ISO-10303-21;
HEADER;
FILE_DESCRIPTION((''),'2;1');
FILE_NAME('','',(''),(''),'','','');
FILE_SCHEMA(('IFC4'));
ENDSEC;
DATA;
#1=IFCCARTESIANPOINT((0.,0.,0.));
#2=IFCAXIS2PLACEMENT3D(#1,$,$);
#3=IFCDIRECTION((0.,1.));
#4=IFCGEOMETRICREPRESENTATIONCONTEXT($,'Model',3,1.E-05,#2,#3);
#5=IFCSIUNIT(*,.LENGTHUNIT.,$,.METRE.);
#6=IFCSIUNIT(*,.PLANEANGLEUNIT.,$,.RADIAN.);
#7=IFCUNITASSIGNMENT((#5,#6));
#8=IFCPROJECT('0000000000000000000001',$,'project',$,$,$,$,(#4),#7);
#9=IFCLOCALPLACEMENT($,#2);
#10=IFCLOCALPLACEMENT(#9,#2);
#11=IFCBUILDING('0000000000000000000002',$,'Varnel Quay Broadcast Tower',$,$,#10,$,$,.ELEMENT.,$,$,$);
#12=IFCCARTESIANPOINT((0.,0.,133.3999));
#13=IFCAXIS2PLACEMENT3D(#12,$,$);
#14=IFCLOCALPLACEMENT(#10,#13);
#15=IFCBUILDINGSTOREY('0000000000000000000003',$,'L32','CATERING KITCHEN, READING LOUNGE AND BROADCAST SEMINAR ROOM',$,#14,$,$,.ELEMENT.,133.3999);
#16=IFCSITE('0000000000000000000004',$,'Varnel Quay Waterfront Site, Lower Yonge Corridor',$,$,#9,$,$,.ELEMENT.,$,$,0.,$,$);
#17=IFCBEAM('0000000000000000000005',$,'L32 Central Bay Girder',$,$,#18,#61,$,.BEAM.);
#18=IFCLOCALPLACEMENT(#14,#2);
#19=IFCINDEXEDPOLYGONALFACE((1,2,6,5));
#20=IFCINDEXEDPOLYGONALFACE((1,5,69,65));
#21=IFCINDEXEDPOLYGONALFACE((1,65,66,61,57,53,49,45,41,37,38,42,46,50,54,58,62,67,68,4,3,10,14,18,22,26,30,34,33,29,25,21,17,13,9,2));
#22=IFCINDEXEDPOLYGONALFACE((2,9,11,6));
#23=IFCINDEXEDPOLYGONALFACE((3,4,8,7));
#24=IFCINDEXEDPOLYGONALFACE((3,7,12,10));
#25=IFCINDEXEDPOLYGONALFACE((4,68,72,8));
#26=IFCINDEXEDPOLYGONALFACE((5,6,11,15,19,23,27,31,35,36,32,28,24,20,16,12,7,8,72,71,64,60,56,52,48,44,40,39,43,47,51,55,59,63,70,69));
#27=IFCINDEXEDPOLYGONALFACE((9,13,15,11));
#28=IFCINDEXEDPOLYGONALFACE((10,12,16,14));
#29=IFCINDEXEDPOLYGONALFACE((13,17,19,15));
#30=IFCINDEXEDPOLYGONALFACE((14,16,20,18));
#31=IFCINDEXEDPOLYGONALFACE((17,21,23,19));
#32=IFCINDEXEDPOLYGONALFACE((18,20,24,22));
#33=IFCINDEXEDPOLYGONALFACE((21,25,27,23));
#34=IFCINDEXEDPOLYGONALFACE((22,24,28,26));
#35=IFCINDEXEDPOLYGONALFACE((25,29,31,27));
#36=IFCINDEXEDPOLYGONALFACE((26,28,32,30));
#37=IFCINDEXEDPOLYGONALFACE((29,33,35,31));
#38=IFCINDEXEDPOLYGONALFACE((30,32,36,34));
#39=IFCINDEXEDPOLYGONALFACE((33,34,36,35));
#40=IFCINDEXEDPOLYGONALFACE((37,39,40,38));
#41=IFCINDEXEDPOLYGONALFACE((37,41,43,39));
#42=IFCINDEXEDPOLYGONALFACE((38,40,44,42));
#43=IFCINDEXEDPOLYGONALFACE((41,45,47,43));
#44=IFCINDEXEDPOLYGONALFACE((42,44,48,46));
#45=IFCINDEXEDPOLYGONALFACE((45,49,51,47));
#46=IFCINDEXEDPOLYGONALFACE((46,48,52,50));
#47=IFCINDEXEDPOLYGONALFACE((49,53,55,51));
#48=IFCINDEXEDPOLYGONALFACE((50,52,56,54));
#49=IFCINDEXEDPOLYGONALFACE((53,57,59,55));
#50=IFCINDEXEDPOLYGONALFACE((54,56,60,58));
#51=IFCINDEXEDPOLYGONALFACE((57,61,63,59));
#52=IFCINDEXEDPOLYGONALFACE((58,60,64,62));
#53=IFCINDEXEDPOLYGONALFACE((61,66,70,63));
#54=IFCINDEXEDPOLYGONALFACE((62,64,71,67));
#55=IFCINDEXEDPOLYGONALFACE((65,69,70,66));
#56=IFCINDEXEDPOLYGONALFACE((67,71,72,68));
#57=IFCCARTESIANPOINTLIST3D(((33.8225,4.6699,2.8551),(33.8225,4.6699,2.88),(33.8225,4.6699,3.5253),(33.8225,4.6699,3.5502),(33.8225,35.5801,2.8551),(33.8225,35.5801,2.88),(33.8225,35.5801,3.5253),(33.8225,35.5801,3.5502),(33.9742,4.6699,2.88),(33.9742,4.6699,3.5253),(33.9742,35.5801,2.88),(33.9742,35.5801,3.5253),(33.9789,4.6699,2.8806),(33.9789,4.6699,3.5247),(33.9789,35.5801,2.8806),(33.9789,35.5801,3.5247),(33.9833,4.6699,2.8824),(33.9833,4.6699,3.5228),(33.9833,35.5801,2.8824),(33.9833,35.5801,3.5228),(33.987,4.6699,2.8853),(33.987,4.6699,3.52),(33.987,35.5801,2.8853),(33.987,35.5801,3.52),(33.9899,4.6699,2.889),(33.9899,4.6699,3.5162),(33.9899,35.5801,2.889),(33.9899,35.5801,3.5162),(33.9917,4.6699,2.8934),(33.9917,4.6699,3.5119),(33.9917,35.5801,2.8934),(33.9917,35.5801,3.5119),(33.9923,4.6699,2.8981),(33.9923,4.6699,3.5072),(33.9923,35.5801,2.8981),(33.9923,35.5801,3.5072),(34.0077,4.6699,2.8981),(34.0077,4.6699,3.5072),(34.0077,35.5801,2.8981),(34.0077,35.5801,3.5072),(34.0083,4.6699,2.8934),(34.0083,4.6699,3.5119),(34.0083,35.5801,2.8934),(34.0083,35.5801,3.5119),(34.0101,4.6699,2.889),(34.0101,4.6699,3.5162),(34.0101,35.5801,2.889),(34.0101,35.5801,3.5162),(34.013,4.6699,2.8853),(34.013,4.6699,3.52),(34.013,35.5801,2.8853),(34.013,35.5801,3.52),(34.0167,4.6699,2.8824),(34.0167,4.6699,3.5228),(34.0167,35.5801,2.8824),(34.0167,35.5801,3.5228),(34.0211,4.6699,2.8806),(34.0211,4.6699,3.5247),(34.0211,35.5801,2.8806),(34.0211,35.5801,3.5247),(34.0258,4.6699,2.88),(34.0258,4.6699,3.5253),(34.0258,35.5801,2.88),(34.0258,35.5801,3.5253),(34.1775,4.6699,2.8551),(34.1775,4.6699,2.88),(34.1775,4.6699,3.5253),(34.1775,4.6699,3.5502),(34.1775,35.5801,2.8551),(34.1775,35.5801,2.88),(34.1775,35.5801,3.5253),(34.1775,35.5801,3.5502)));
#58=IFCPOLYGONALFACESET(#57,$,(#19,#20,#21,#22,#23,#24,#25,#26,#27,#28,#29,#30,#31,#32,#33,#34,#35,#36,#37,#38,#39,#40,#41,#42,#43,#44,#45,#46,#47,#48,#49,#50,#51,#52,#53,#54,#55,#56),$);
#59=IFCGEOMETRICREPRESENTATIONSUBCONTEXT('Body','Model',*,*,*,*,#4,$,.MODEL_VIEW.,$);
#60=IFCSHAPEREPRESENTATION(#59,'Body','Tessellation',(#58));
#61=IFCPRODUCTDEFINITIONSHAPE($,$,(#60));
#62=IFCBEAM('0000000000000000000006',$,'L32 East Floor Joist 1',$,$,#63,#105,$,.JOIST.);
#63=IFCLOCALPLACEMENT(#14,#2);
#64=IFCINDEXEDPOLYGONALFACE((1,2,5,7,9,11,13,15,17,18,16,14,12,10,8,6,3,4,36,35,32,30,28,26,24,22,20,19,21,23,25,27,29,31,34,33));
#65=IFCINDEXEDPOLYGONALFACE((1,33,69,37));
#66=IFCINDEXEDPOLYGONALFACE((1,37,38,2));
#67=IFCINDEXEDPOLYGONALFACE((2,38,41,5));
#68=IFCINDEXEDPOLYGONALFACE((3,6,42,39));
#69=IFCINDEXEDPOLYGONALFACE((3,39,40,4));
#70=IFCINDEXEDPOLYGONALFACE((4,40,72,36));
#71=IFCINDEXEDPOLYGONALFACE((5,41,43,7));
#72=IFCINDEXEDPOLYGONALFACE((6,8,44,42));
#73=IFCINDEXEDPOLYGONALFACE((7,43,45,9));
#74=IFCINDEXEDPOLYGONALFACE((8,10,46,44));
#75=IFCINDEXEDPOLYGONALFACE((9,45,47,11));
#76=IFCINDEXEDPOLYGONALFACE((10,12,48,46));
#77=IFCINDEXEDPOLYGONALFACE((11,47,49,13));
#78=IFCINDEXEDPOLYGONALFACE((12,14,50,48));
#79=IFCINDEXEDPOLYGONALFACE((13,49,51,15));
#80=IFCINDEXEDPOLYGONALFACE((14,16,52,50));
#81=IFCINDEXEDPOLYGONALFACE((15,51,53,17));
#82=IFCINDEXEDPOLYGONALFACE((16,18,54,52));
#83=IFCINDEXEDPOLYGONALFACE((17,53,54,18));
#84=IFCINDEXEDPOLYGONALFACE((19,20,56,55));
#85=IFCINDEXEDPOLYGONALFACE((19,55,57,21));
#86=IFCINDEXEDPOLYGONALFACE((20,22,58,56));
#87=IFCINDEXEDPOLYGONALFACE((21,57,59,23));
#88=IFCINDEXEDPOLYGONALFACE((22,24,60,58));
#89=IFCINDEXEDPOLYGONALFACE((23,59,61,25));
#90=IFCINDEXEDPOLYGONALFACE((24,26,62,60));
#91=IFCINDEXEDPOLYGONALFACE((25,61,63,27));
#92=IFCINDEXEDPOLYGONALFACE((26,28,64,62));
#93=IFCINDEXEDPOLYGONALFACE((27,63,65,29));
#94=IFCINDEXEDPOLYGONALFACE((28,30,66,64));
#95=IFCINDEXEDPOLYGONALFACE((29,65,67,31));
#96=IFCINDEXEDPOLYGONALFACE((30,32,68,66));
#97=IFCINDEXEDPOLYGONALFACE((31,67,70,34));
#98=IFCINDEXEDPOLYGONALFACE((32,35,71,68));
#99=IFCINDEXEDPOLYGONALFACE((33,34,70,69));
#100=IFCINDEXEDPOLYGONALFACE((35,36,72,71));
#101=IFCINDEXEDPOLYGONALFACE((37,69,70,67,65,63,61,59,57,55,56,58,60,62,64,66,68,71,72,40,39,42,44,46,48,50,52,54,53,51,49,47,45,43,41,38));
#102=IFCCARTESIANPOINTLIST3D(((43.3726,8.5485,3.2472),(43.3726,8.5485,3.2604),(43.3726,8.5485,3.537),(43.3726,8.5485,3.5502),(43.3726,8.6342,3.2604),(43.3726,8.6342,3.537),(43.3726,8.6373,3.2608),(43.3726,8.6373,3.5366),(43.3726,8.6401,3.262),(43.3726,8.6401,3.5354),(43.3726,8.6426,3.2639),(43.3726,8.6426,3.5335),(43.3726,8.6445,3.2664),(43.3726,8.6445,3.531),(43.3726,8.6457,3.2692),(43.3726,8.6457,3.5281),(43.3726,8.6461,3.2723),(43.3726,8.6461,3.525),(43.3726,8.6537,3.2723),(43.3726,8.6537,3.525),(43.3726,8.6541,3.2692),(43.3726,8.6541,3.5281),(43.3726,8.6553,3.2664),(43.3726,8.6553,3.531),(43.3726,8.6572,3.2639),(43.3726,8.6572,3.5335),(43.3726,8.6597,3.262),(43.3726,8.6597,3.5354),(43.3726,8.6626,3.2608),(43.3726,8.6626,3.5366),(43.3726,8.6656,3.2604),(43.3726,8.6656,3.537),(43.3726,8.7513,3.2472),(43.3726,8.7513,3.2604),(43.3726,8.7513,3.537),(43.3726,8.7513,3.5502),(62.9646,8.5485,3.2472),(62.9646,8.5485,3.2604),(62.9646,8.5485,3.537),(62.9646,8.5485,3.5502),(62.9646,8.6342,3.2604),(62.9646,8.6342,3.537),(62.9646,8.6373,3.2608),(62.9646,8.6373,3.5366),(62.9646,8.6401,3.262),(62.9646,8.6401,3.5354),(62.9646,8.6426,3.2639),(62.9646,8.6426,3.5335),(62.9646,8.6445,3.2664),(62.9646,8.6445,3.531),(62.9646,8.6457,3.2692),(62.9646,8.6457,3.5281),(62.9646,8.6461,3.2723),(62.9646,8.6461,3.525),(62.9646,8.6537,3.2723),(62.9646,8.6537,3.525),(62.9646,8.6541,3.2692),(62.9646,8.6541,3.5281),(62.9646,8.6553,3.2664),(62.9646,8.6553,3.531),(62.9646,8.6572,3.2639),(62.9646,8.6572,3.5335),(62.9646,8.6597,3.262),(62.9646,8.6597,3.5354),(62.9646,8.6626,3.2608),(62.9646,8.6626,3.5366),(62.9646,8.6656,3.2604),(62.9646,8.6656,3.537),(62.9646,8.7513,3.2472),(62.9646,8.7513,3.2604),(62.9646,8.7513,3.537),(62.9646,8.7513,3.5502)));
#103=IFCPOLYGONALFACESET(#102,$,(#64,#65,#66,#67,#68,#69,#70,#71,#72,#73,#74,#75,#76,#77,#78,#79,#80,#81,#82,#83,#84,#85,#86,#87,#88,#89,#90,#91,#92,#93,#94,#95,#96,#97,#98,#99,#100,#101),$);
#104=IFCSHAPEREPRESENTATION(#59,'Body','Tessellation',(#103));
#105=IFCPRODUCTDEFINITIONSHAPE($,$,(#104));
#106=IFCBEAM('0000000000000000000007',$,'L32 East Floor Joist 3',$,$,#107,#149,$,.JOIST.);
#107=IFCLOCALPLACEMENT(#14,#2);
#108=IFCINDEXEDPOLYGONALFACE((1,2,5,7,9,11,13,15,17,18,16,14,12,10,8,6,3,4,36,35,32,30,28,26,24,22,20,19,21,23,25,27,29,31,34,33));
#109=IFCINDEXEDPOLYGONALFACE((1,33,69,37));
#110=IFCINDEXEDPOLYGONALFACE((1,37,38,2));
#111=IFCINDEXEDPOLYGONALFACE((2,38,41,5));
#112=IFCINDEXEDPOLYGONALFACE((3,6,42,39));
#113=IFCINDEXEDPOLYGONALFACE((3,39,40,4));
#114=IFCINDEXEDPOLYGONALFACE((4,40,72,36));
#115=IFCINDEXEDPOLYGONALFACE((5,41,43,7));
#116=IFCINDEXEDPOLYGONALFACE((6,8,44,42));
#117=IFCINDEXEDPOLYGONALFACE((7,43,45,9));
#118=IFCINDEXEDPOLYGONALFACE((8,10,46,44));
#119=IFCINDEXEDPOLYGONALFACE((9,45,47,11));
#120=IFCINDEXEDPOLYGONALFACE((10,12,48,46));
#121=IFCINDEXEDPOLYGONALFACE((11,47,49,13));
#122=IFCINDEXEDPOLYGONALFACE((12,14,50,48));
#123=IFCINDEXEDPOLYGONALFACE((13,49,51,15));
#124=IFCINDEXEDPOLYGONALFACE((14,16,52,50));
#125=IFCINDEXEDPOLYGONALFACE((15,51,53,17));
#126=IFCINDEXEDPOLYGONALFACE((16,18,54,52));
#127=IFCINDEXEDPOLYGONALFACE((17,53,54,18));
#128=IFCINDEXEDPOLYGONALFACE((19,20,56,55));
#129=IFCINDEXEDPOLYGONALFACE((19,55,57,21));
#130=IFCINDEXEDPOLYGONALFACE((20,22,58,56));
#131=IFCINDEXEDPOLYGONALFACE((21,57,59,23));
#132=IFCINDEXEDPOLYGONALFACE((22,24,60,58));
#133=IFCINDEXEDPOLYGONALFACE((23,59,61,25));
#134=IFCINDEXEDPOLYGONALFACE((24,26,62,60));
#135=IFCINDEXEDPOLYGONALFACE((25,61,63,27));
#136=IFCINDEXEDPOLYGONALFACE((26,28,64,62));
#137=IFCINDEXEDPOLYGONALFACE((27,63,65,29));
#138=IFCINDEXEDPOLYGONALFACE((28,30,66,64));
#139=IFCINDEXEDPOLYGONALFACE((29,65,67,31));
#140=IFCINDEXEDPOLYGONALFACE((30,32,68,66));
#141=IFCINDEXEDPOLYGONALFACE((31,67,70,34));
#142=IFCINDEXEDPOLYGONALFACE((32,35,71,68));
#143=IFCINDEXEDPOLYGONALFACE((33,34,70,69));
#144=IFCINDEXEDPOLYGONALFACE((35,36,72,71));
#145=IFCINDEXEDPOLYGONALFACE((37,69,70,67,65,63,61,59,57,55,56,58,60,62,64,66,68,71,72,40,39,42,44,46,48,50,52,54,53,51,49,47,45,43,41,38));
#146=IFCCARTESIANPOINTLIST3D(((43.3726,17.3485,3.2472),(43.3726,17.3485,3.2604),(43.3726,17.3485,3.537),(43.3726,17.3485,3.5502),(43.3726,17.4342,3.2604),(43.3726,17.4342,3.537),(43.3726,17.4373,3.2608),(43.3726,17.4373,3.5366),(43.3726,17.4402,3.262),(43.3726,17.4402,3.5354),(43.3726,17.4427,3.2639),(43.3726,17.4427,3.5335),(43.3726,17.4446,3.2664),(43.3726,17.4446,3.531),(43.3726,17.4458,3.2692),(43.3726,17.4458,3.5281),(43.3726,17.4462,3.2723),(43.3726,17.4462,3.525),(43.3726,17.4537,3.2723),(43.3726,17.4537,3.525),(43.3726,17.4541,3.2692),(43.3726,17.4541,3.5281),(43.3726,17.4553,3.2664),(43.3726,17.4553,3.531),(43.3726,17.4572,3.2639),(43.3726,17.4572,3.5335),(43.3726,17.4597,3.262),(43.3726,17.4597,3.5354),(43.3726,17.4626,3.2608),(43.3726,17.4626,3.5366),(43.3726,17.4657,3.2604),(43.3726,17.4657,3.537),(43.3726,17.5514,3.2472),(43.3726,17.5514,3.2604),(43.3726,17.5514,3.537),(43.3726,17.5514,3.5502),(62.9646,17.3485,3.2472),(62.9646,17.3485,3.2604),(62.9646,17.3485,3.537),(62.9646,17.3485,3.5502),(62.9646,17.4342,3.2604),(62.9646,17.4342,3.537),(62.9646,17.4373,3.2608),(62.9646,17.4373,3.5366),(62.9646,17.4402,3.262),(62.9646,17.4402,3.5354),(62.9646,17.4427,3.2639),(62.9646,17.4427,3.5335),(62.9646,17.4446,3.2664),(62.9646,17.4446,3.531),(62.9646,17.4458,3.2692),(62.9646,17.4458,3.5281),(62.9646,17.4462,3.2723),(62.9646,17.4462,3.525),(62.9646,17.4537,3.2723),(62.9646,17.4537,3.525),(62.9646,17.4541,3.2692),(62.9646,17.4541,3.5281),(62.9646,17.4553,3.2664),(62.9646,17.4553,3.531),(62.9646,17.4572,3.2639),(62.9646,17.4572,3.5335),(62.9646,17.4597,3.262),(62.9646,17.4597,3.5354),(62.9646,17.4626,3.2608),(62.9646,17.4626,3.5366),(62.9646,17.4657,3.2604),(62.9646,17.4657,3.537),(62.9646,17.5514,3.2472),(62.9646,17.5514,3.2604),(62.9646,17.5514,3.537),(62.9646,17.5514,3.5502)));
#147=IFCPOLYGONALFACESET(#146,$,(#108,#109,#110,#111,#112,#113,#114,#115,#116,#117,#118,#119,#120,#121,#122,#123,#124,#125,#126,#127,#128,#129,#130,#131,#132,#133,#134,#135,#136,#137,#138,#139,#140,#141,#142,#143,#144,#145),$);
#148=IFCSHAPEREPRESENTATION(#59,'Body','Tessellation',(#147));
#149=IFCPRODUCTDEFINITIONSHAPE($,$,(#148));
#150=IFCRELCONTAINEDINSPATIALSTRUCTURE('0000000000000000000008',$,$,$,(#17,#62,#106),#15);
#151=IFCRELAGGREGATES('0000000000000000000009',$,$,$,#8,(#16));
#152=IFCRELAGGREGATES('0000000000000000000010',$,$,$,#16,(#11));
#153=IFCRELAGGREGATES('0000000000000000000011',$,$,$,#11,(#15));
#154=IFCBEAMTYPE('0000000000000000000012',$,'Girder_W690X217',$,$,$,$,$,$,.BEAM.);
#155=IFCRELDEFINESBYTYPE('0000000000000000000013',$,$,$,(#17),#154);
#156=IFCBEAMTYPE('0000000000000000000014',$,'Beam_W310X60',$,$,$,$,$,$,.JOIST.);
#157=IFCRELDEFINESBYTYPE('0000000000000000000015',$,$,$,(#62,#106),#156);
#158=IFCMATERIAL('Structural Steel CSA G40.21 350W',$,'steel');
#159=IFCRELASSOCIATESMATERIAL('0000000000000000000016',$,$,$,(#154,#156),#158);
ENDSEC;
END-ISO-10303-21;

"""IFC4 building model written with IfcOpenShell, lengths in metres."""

from ifc_helpers import new_model, si_unit, direction, frame, origin, origin_2d, place, context, subcontext, project, spatial, i_section, extrude, source, transform, mapped, material, material_profile, profile_set, type_object, type_shapes, element, save


model = new_model("IFC4")

# Units and contexts
model_context = context("Model", 3, precision=1e-05, world=origin(), true_north=direction((0.0, 1.0)))
body_context = subcontext(model_context, "Body", "Model", "MODEL_VIEW")
ifc_project = project(units=[si_unit("LENGTHUNIT", "METRE"), si_unit("PLANEANGLEUNIT", "RADIAN")], contexts=[model_context])

# Site, building, storey
site_placement = place(None, origin())
site = spatial("IfcSite", under=ifc_project, at=site_placement, Name="Varnel Quay Waterfront Site, Lower Yonge Corridor", CompositionType="ELEMENT", RefElevation=0.0)
building_placement = place(site_placement, origin())
building = spatial("IfcBuilding", under=site, at=building_placement, Name="Varnel Quay Broadcast Tower", CompositionType="ELEMENT")
storey_placement = place(building_placement, frame((0.0, 0.0, 133.3999)))
storey = spatial("IfcBuildingStorey", under=building, at=storey_placement, Name="L32", Description="CATERING KITCHEN, READING LOUNGE AND BROADCAST SEMINAR ROOM", CompositionType="ELEMENT", Elevation=133.3999)

# Shared definitions
ifc_material_1 = material(Name="Structural Steel CSA G40.21 350W", Category="steel")

# Beams
ifc_material_profile_1 = material_profile(ifc_material_1, i_section(OverallWidth=0.355, OverallDepth=0.6951, WebThickness=0.0154, FlangeThickness=0.0249, FilletRadius=0.0181, at=origin_2d()), Name="W690X217")
ifc_profile_set_1 = profile_set([ifc_material_profile_1], Name="Structural Steel CSA G40.21 350W")
beam_type_1 = type_object("IfcBeamType", Name="Girder_W690X217", PredefinedType="BEAM", material=ifc_profile_set_1)
shared_shape_1 = source(origin(), body_context, "Body", "SweptSolid", [
    extrude(i_section(OverallWidth=0.355, OverallDepth=0.6951, WebThickness=0.0154, FlangeThickness=0.0249, FilletRadius=0.0181, at=origin_2d()), origin(), (0.0, 0.0, 1.0), 30.9102),
])
beam_1_placement = place(storey_placement, frame((34.0, 4.6699, 3.2026), z_axis=(0.0, 1.0, 0.0), x_axis=(-1.0, 0.0, 0.0)))
element("IfcBeam", 1, at=beam_1_placement, inside=storey, type_object=beam_type_1, Name="L32 Central Bay Girder", PredefinedType="BEAM", context=body_context, shape_type="MappedRepresentation", body=[
    mapped(shared_shape_1, transform((0.0, 0.0, 0.0), x_axis=(1.0, 0.0, 0.0), y_axis=(0.0, 1.0, 0.0), z_axis=(0.0, 0.0, 1.0), scale=1.0)),
])
ifc_material_profile_2 = material_profile(ifc_material_1, i_section(OverallWidth=0.2029, OverallDepth=0.303, WebThickness=0.0076, FlangeThickness=0.0132, FilletRadius=0.012, at=origin_2d()), Name="W310X60")
ifc_profile_set_2 = profile_set([ifc_material_profile_2], Name="Structural Steel CSA G40.21 350W")
beam_type_2 = type_object("IfcBeamType", Name="Beam_W310X60", PredefinedType="JOIST", material=ifc_profile_set_2)
shared_shape_2 = source(origin(), body_context, "Body", "SweptSolid", [
    extrude(i_section(OverallWidth=0.2029, OverallDepth=0.303, WebThickness=0.0076, FlangeThickness=0.0132, FilletRadius=0.012, at=origin_2d()), origin(), (0.0, 0.0, 1.0), 19.592),
])
type_shapes(beam_type_2, [shared_shape_2])
for number, where, z_axis, x_axis, name in (
    (2, (43.3726, 8.6499, 3.3987), (1.0, 0.0, 0.0), (0.0, 1.0, 0.0), "L32 East Floor Joist 1"),
    (3, (43.3726, 17.45, 3.3987), (1.0, 0.0, 0.0), (0.0, 1.0, 0.0), "L32 East Floor Joist 3"),
):
    element("IfcBeam", number, at=place(storey_placement, frame(where, z_axis=z_axis, x_axis=x_axis)), inside=storey, type_object=beam_type_2, Name=name, PredefinedType="JOIST", context=body_context, shape_type="MappedRepresentation", body=[
        mapped(shared_shape_2, transform((0.0, 0.0, 0.0), x_axis=(1.0, 0.0, 0.0), y_axis=(0.0, 1.0, 0.0), z_axis=(0.0, 0.0, 1.0), scale=1.0)),
    ])

save(model, "model.ifc")
